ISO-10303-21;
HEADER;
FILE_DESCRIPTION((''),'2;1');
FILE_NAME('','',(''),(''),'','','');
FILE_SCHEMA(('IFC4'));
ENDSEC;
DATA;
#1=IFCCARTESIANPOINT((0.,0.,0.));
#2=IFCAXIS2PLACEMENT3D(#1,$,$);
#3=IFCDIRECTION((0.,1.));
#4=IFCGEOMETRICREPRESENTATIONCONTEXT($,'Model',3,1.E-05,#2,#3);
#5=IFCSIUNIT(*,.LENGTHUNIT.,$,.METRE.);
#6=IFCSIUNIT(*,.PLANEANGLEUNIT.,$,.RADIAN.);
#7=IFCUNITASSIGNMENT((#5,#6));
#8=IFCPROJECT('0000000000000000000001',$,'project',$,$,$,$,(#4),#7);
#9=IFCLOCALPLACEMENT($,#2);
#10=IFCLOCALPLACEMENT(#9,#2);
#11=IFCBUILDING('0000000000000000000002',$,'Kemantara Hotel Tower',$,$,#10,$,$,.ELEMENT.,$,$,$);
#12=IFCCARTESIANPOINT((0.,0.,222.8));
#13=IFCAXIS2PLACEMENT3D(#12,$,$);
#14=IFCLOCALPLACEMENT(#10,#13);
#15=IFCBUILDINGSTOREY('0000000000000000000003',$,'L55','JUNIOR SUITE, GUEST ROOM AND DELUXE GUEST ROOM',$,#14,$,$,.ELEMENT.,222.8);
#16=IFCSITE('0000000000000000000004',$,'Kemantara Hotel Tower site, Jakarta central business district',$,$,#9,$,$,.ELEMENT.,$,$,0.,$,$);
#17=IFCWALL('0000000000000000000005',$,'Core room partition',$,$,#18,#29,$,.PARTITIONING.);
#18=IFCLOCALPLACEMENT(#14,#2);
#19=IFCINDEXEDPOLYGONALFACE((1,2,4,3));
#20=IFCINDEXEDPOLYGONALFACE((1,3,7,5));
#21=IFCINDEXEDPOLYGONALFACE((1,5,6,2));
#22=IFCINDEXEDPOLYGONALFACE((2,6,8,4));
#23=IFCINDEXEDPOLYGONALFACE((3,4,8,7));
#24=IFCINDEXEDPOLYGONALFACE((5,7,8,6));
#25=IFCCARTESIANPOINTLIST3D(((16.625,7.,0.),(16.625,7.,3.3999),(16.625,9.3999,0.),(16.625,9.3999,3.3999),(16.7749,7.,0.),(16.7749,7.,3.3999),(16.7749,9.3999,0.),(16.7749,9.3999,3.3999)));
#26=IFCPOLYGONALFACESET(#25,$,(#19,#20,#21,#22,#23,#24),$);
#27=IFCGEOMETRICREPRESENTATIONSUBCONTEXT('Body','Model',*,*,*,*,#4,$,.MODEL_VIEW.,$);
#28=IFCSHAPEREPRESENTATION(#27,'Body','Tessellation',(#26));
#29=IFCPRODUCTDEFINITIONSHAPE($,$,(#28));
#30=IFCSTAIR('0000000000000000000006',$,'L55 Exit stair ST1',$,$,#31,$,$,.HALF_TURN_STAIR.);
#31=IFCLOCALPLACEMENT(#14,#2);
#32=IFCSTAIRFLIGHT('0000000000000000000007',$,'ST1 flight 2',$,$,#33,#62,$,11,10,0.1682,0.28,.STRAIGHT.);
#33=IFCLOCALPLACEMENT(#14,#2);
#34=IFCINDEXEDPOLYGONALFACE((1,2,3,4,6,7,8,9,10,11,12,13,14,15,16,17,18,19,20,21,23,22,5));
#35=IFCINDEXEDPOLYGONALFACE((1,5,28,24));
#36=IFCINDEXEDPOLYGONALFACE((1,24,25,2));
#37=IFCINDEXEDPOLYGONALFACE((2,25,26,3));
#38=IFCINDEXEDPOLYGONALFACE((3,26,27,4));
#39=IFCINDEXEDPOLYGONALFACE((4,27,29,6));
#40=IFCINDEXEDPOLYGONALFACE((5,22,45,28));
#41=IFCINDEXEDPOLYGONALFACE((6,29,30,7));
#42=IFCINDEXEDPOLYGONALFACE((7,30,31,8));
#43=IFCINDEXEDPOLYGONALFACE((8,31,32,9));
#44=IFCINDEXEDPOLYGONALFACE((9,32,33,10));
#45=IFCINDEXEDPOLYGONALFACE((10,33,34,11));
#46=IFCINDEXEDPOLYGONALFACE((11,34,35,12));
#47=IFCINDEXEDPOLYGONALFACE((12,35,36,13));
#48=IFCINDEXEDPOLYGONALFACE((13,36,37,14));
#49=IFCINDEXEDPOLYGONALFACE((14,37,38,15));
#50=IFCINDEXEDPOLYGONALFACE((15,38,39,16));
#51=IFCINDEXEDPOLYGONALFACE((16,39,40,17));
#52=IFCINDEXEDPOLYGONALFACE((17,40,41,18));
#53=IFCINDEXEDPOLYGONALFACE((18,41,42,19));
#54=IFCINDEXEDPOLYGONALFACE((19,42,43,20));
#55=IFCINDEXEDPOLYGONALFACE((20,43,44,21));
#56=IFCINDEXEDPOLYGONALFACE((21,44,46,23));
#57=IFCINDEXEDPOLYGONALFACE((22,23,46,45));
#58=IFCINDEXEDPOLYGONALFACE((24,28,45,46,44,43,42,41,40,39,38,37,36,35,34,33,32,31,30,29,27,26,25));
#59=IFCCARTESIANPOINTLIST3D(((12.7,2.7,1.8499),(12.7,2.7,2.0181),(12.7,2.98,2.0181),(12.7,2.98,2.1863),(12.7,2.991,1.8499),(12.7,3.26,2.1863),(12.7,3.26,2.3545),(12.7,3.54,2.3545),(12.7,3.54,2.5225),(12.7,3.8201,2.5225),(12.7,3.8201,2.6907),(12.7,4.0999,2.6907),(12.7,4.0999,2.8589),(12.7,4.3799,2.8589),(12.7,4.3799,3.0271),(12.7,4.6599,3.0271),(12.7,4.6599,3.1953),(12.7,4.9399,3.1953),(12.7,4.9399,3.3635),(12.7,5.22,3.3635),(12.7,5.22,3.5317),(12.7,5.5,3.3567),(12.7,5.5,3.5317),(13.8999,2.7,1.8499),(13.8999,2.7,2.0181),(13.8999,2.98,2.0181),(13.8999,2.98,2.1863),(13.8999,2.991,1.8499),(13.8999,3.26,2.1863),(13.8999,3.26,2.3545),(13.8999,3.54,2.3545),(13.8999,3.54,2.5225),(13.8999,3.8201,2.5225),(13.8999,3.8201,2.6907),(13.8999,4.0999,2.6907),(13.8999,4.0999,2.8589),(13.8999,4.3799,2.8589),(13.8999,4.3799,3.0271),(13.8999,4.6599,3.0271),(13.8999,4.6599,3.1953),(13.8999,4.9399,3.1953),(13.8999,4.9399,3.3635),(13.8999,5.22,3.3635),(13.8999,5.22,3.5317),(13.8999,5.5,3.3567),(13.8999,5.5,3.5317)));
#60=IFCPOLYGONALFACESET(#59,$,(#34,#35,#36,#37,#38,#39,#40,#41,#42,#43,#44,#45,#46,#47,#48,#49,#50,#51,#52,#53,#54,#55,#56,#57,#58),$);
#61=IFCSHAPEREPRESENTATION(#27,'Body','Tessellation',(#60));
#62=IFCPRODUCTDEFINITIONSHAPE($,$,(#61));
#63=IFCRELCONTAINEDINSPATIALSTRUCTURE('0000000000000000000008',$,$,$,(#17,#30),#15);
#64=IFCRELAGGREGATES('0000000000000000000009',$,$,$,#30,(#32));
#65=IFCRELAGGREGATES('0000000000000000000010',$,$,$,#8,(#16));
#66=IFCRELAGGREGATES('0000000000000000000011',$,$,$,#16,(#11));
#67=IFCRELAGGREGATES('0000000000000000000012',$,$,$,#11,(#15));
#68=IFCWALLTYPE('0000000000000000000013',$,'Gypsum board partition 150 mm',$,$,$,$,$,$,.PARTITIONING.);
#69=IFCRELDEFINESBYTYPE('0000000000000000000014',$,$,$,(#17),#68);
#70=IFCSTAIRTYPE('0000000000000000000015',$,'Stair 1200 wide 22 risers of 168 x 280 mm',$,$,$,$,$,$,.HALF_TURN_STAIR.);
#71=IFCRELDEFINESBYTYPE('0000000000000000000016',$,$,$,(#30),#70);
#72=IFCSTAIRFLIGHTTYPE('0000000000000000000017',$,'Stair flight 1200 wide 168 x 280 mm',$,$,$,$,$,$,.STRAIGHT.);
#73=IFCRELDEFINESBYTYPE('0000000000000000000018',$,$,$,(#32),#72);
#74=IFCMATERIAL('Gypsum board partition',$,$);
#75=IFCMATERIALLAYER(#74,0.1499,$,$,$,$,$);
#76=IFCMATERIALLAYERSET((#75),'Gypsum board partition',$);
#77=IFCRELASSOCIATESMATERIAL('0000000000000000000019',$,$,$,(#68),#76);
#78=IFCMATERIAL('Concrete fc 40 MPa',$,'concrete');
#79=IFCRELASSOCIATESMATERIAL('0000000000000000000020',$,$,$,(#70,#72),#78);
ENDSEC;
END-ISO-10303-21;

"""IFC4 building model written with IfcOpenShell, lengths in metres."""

from ifc_helpers import new_model, si_unit, direction, frame, frame_2d, origin, place, context, subcontext, project, spatial, polyline, rectangle, outline, extrude, material, layer, layer_set, type_object, element, aggregate, save


model = new_model("IFC4")

# Units and contexts
model_context = context("Model", 3, precision=1e-05, world=origin(), true_north=direction((0.0, 1.0)))
body_context = subcontext(model_context, "Body", "Model", "MODEL_VIEW")
ifc_project = project(units=[si_unit("LENGTHUNIT", "METRE"), si_unit("PLANEANGLEUNIT", "RADIAN")], contexts=[model_context])

# Site, building, storey
site_placement = place(None, origin())
site = spatial("IfcSite", under=ifc_project, at=site_placement, Name="Kemantara Hotel Tower site, Jakarta central business district", CompositionType="ELEMENT", RefElevation=0.0)
building_placement = place(site_placement, origin())
building = spatial("IfcBuilding", under=site, at=building_placement, Name="Kemantara Hotel Tower", CompositionType="ELEMENT")
storey_placement = place(building_placement, frame((0.0, 0.0, 222.8)))
storey = spatial("IfcBuildingStorey", under=building, at=storey_placement, Name="L55", Description="JUNIOR SUITE, GUEST ROOM AND DELUXE GUEST ROOM", CompositionType="ELEMENT", Elevation=222.8)

# Wall
ifc_material_1 = material(Name="Gypsum board partition")
ifc_layer_1 = layer(ifc_material_1, 0.1499)
ifc_layer_set_1 = layer_set([ifc_layer_1], Name="Gypsum board partition")
wall_type_1 = type_object("IfcWallType", Name="Gypsum board partition 150 mm", PredefinedType="PARTITIONING", material=ifc_layer_set_1)
wall_1_placement = place(storey_placement, frame((16.7, 7.0, 0.0), z_axis=(0.0, 0.0, 1.0), x_axis=(0.0, 1.0, 0.0)))
element("IfcWall", 1, at=wall_1_placement, inside=storey, type_object=wall_type_1, Name="Core room partition", PredefinedType="PARTITIONING", context=body_context, shape_type="SweptSolid", body=[
    extrude(rectangle(XDim=2.3999, YDim=0.1499, at=frame_2d((1.2, 0.0))), origin(), (0.0, 0.0, 1.0), 3.3999),
])

# Stair, stair flight
ifc_material_2 = material(Name="Concrete fc 40 MPa", Category="concrete")
stair_type = type_object("IfcStairType", Name="Stair 1200 wide 22 risers of 168 x 280 mm", PredefinedType="HALF_TURN_STAIR", material=ifc_material_2)
stair_placement = place(storey_placement, origin())
stair = element("IfcStair", 2, at=stair_placement, inside=storey, type_object=stair_type, Name="L55 Exit stair ST1", PredefinedType="HALF_TURN_STAIR")
stair_flight_type = type_object("IfcStairFlightType", Name="Stair flight 1200 wide 168 x 280 mm", PredefinedType="STRAIGHT", material=ifc_material_2)
stair_flight_placement = place(storey_placement, frame((13.3, 2.7, 1.8499), z_axis=(0.0, 0.0, 1.0), x_axis=(0.0, 1.0, 0.0)))
stair_flight = element("IfcStairFlight", 3, at=stair_flight_placement, type_object=stair_flight_type, Name="ST1 flight 2", NumberOfRisers=11, NumberOfTreads=10, PredefinedType="STRAIGHT", RiserHeight=0.1682, TreadLength=0.28, context=body_context, shape_type="SweptSolid", body=[
    extrude(outline(polyline([(0.0, 0.0), (0.0, 0.1682), (0.28, 0.1682), (0.28, 0.3364), (0.5601, 0.3364), (0.5601, 0.5046), (0.8401, 0.5046), (0.8401, 0.6726), (1.1201, 0.6726), (1.1201, 0.8408), (1.3999, 0.8408), (1.3999, 1.009), (1.6799, 1.009), (1.6799, 1.1772), (1.96, 1.1772), (1.96, 1.3455), (2.24, 1.3455), (2.24, 1.5137), (2.52, 1.5137), (2.52, 1.6819), (2.8, 1.6819), (2.8, 1.8501), (2.8, 1.5068), (0.291, 0.0), (0.0, 0.0)])), frame((0.0, 0.6001, 0.0), z_axis=(0.0, -1.0, 0.0), x_axis=(1.0, 0.0, 0.0)), (0.0, 0.0, 1.0), 1.2),
])
aggregate(stair, [stair_flight])

save(model, "model.ifc")
